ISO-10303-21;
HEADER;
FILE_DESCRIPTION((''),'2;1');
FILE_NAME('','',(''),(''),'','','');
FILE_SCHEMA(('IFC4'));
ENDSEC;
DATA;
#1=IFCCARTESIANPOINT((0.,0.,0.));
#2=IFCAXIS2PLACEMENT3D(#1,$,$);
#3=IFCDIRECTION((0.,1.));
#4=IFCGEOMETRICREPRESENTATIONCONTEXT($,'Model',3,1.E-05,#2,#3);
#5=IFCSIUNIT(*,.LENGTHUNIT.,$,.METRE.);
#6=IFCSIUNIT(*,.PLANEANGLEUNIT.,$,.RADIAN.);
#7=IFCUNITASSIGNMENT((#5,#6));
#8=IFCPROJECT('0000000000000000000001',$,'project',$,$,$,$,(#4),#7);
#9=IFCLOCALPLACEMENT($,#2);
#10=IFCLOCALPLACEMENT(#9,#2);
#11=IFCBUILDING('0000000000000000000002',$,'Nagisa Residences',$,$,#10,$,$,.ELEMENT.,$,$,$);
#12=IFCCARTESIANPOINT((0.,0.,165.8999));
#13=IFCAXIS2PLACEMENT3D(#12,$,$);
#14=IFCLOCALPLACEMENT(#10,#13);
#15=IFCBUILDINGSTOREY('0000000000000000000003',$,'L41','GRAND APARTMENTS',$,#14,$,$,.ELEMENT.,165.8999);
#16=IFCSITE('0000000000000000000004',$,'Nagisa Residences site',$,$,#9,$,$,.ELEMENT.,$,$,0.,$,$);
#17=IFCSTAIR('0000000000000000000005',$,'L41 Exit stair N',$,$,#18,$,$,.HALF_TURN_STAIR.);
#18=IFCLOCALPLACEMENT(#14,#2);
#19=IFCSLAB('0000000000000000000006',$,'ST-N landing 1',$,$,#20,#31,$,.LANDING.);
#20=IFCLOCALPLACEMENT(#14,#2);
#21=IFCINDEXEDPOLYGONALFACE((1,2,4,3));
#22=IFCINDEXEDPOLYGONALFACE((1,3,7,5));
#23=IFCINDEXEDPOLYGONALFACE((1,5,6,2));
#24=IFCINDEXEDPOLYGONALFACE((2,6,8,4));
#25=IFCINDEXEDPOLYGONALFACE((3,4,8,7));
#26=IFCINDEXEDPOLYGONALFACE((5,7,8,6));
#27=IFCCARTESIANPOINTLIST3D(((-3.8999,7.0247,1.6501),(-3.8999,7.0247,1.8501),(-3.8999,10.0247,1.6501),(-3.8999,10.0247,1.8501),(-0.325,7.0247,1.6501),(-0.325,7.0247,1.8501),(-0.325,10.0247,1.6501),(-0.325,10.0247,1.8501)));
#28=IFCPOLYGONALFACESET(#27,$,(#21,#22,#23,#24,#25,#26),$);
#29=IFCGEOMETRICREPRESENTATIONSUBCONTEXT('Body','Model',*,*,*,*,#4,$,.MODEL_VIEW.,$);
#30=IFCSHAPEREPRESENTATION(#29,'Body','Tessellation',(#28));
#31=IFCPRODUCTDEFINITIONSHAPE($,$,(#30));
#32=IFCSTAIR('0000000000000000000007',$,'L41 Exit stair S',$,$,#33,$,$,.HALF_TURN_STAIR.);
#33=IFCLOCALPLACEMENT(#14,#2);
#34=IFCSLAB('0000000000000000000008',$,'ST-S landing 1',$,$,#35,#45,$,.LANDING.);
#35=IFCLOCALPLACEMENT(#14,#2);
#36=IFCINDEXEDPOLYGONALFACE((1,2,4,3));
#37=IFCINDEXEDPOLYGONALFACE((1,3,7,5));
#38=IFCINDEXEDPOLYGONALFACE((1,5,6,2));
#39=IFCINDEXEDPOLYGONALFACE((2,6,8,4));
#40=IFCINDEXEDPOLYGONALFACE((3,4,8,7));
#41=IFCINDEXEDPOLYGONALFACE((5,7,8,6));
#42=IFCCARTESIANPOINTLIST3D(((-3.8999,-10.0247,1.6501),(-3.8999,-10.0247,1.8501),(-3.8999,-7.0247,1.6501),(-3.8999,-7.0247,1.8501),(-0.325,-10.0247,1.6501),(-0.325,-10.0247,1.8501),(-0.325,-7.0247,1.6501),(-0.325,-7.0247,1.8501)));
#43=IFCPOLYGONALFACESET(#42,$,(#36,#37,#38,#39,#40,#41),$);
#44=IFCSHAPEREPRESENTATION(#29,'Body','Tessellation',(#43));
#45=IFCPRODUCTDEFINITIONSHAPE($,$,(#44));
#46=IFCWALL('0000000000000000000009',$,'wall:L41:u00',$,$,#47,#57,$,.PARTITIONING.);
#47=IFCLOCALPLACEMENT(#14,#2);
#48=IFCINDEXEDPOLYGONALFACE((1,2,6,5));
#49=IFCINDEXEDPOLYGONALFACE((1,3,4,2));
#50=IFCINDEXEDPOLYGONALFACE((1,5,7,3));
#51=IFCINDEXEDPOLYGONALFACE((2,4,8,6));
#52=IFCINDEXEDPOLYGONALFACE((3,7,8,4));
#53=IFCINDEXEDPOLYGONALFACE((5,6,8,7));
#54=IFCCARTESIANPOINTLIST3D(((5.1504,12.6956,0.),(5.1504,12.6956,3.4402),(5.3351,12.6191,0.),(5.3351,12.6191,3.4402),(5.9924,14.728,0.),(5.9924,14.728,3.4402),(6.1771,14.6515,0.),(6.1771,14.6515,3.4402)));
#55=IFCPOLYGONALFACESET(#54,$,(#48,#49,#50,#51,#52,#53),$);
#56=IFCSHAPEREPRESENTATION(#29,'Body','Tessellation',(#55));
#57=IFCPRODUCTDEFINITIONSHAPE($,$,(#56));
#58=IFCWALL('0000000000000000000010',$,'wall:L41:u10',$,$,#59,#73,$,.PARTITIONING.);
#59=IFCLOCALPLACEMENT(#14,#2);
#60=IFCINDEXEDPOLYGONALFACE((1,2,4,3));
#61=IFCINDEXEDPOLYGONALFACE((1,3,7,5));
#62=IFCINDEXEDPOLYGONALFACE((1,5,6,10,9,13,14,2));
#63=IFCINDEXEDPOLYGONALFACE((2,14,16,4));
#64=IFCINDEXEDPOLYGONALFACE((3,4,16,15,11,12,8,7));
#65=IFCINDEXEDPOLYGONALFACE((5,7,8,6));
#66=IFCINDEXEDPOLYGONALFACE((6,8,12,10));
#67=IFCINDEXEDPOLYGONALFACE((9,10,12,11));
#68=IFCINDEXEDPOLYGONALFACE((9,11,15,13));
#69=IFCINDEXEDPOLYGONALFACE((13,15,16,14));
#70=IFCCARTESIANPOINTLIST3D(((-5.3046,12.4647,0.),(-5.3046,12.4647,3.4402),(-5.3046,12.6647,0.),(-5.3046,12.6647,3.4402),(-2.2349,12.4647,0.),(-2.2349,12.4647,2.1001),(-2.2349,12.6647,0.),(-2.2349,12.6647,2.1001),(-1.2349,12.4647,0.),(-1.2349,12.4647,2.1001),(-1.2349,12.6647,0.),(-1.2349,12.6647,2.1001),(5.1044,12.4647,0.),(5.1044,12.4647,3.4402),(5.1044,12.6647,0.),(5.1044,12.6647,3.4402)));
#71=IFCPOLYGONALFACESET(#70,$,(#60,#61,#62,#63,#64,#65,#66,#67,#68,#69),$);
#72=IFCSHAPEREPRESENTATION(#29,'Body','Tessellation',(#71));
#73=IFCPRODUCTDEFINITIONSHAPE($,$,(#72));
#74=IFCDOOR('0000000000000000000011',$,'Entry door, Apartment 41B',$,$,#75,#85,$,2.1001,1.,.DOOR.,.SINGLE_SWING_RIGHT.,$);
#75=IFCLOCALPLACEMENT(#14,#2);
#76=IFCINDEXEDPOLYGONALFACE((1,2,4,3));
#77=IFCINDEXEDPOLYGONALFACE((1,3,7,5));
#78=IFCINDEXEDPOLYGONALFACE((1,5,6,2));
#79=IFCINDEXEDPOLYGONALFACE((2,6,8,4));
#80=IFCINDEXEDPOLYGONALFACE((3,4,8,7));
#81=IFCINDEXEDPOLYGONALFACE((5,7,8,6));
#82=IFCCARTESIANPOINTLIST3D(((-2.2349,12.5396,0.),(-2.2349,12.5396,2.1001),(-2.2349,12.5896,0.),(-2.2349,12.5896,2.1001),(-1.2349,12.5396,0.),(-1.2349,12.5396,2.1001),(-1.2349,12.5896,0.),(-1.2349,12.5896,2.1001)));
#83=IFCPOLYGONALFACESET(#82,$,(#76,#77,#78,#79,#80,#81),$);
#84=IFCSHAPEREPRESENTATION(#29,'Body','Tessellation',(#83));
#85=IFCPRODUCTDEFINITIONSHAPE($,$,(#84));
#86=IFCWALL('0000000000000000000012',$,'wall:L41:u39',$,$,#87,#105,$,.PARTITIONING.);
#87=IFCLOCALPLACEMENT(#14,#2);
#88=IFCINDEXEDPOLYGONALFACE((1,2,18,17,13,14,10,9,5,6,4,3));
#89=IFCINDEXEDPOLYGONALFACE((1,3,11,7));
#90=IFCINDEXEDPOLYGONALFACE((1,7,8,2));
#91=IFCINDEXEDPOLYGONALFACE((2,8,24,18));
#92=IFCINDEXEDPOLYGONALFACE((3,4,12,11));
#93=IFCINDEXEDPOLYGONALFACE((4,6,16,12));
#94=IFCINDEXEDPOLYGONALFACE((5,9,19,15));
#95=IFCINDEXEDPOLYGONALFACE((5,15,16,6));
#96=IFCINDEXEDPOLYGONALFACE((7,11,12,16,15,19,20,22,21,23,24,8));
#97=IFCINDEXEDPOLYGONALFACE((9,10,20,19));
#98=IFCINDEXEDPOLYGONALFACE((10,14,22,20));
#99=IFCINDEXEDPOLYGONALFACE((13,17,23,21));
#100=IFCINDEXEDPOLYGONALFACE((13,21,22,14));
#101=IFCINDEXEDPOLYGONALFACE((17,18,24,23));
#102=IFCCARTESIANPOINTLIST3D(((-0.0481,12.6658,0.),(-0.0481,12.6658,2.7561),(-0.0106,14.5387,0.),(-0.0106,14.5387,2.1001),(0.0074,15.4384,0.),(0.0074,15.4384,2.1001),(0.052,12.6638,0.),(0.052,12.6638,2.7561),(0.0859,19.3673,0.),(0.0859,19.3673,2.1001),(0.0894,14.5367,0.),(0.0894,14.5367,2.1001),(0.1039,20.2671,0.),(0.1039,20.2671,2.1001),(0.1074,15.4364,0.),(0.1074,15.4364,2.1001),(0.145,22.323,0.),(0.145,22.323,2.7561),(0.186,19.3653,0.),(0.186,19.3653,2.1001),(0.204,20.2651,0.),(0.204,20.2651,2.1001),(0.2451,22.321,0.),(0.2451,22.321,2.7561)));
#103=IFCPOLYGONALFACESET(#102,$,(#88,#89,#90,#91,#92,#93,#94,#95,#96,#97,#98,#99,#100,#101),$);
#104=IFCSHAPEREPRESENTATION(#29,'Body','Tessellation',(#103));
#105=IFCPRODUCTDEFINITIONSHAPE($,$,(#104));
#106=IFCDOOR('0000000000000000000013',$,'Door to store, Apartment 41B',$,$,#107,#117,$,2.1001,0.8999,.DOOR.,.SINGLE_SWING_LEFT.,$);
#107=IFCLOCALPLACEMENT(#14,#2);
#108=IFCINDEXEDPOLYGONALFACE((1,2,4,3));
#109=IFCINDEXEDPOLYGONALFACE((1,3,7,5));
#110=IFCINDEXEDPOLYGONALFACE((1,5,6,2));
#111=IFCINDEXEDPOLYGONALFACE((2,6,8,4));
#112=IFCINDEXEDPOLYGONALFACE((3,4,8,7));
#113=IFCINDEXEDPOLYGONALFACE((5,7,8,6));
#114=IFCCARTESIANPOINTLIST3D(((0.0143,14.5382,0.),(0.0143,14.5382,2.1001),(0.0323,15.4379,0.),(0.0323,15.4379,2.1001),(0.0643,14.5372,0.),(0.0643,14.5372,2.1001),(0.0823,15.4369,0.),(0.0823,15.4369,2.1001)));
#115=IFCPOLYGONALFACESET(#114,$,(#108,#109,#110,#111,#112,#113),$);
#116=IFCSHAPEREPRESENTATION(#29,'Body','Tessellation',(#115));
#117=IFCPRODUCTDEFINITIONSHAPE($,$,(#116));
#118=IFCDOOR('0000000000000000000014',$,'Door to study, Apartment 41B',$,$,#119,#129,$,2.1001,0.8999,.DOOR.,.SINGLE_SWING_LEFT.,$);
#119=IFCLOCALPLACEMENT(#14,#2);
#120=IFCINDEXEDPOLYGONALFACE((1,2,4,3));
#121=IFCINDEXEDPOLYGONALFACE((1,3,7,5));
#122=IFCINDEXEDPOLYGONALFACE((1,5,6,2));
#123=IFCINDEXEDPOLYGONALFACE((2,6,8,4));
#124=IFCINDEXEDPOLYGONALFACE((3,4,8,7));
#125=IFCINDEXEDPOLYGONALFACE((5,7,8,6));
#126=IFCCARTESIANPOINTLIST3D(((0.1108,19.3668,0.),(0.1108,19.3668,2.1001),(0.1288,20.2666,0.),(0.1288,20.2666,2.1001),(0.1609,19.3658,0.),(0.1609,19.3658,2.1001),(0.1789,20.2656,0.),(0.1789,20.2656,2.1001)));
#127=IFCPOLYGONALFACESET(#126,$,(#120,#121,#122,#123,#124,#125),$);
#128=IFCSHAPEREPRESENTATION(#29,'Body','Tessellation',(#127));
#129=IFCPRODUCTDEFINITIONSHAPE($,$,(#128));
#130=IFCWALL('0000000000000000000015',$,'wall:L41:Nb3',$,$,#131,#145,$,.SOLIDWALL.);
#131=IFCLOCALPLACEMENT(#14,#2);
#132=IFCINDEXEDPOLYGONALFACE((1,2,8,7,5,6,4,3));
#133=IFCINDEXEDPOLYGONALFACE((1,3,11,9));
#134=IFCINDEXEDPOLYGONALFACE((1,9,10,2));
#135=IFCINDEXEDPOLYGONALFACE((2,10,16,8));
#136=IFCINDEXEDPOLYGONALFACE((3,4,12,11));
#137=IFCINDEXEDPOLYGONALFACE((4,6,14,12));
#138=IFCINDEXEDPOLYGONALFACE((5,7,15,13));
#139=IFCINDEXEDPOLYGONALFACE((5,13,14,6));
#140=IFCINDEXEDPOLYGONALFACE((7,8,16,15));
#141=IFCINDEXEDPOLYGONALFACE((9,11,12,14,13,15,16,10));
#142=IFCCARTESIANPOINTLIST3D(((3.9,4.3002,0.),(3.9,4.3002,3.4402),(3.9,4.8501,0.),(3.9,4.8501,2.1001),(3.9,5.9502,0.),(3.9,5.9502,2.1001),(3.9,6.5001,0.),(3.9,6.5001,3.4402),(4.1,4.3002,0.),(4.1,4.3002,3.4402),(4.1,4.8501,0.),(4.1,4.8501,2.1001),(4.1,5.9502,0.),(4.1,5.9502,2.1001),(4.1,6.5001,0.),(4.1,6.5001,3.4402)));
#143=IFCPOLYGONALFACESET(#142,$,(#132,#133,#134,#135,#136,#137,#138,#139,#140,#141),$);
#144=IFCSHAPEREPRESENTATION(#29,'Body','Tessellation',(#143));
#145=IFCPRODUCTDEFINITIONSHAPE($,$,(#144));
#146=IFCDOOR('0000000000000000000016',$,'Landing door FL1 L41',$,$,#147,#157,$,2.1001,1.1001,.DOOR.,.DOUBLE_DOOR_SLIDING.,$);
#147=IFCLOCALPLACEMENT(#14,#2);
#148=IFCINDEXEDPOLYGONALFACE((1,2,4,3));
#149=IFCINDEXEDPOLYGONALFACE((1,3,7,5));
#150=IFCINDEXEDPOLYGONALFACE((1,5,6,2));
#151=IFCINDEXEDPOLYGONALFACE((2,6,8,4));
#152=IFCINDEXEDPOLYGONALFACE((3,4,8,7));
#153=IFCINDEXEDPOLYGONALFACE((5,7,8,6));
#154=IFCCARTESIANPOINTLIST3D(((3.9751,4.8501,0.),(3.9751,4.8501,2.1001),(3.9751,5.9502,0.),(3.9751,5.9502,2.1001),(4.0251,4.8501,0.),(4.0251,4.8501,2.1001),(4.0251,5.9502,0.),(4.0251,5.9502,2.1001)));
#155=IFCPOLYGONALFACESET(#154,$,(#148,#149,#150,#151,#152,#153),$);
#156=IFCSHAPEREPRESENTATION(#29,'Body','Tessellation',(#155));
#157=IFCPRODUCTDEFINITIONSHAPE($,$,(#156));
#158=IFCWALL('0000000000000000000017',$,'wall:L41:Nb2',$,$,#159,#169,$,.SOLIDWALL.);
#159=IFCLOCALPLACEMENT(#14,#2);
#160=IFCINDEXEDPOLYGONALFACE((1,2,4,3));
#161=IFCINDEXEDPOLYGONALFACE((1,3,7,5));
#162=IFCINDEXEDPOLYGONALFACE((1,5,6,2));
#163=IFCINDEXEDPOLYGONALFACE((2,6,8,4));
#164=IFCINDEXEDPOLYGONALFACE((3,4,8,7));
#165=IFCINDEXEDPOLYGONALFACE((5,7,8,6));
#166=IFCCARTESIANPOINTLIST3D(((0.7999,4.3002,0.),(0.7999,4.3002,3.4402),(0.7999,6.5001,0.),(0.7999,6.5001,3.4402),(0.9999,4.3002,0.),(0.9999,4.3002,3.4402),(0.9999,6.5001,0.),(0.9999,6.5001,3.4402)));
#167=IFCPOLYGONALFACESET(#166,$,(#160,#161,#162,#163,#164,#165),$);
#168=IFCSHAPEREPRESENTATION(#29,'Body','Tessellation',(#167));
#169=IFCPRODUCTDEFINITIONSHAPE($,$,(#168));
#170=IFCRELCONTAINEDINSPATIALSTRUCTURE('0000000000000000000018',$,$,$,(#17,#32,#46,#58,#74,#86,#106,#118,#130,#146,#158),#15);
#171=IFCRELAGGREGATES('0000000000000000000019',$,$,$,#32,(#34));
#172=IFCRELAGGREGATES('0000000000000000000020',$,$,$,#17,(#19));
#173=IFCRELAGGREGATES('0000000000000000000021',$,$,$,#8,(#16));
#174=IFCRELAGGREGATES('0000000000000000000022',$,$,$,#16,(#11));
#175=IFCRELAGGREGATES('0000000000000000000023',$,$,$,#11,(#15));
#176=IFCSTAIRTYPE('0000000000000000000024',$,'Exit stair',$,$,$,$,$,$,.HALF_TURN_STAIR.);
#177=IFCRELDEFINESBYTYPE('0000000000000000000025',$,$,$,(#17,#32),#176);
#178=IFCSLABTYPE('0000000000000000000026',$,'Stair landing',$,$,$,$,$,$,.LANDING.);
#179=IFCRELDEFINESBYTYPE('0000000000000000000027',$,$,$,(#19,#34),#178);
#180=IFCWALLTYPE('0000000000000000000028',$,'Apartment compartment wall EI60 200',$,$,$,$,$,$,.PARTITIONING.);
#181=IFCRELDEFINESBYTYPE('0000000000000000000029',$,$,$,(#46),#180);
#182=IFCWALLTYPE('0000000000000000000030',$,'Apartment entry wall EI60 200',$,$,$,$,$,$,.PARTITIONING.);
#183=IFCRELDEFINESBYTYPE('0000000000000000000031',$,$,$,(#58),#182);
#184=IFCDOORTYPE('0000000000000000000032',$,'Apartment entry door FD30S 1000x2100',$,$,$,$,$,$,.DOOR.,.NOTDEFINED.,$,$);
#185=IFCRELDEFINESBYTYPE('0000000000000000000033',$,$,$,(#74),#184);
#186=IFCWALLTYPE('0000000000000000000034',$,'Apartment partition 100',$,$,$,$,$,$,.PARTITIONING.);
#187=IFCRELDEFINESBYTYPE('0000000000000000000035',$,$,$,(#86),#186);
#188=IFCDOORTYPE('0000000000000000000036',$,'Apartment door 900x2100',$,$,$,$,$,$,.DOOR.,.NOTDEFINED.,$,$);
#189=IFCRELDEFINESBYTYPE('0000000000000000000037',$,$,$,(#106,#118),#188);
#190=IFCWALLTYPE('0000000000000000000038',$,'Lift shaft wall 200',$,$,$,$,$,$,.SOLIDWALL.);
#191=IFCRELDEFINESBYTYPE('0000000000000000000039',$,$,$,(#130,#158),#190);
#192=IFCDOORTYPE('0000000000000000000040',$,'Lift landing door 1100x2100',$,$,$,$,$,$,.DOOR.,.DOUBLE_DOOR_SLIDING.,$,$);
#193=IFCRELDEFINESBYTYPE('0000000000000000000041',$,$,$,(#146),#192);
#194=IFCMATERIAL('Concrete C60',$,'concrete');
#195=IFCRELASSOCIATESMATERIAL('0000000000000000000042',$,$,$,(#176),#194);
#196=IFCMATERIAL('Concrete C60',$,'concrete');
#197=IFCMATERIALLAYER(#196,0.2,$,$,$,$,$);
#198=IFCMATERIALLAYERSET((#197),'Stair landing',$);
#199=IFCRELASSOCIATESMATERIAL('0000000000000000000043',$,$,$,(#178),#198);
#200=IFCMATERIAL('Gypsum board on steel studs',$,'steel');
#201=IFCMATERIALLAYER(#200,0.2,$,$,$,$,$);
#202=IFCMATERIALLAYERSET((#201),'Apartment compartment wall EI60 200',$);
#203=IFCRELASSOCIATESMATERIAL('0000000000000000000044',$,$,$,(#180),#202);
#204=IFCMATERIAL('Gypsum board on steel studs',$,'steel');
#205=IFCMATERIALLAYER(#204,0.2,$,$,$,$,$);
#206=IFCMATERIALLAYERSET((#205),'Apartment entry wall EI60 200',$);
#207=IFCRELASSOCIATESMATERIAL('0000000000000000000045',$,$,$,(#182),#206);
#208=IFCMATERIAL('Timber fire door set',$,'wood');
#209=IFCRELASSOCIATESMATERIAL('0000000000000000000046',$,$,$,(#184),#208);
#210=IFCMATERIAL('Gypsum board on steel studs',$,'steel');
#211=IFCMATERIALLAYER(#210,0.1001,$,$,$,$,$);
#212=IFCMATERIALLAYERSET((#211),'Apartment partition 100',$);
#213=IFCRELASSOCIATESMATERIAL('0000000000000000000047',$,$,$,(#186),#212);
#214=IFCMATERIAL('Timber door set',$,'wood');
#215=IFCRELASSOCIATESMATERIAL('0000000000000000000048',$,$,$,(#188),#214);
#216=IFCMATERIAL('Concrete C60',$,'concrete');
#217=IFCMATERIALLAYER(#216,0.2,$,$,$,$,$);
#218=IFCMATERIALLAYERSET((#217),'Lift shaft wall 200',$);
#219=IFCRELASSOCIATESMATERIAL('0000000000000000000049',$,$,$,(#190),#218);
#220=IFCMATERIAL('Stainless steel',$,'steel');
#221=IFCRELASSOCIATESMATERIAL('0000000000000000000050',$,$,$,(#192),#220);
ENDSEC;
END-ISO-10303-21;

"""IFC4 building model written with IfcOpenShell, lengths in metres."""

from ifc_helpers import new_model, si_unit, direction, frame, frame_2d, origin, place, context, subcontext, project, spatial, polyline, rectangle, outline, extrude, material, layer, layer_set, type_object, element, fill, aggregate, save


model = new_model("IFC4")

# Units and contexts
model_context = context("Model", 3, precision=1e-05, world=origin(), true_north=direction((0.0, 1.0)))
body_context = subcontext(model_context, "Body", "Model", "MODEL_VIEW")
ifc_project = project(units=[si_unit("LENGTHUNIT", "METRE"), si_unit("PLANEANGLEUNIT", "RADIAN")], contexts=[model_context])

# Site, building, storey
site_placement = place(None, origin())
site = spatial("IfcSite", under=ifc_project, at=site_placement, Name="Nagisa Residences site", CompositionType="ELEMENT", RefElevation=0.0)
building_placement = place(site_placement, origin())
building = spatial("IfcBuilding", under=site, at=building_placement, Name="Nagisa Residences", CompositionType="ELEMENT")
storey_placement = place(building_placement, frame((0.0, 0.0, 165.8999)))
storey = spatial("IfcBuildingStorey", under=building, at=storey_placement, Name="L41", Description="GRAND APARTMENTS", CompositionType="ELEMENT", Elevation=165.8999)

# Stairs, slabs
ifc_material_1 = material(Name="Concrete C60", Category="concrete")
stair_type = type_object("IfcStairType", Name="Exit stair", PredefinedType="HALF_TURN_STAIR", material=ifc_material_1)
stair_1_placement = place(storey_placement, origin())
stair_1 = element("IfcStair", 1, at=stair_1_placement, inside=storey, type_object=stair_type, Name="L41 Exit stair N", PredefinedType="HALF_TURN_STAIR")
ifc_material_2 = material(Name="Concrete C60", Category="concrete")
ifc_layer_1 = layer(ifc_material_2, 0.2)
ifc_layer_set_1 = layer_set([ifc_layer_1], Name="Stair landing")
slab_type = type_object("IfcSlabType", Name="Stair landing", PredefinedType="LANDING", material=ifc_layer_set_1)
slab_1_placement = place(storey_placement, frame((0.0, 0.0, 1.6501)))
slab_1 = element("IfcSlab", 2, at=slab_1_placement, type_object=slab_type, Name="ST-N landing 1", PredefinedType="LANDING", context=body_context, shape_type="SweptSolid", body=[
    extrude(outline(polyline([(-0.325, 10.0247), (-3.8999, 10.0247), (-3.8999, 7.0247), (-0.325, 7.0247), (-0.325, 10.0247)])), origin(), (0.0, 0.0, 1.0), 0.2),
])
stair_2_placement = place(storey_placement, origin())
stair_2 = element("IfcStair", 3, at=stair_2_placement, inside=storey, type_object=stair_type, Name="L41 Exit stair S", PredefinedType="HALF_TURN_STAIR")
slab_2_placement = place(storey_placement, frame((0.0, 0.0, 1.6501)))
slab_2 = element("IfcSlab", 4, at=slab_2_placement, type_object=slab_type, Name="ST-S landing 1", PredefinedType="LANDING", context=body_context, shape_type="SweptSolid", body=[
    extrude(outline(polyline([(-0.325, -7.0247), (-3.8999, -7.0247), (-3.8999, -10.0247), (-0.325, -10.0247), (-0.325, -7.0247)])), origin(), (0.0, 0.0, 1.0), 0.2),
])
aggregate(stair_2, [slab_2])

# Wall
ifc_material_3 = material(Name="Gypsum board on steel studs", Category="steel")
ifc_layer_2 = layer(ifc_material_3, 0.2)
ifc_layer_set_2 = layer_set([ifc_layer_2], Name="Apartment compartment wall EI60 200")
wall_type_1 = type_object("IfcWallType", Name="Apartment compartment wall EI60 200", PredefinedType="PARTITIONING", material=ifc_layer_set_2)
wall_1_placement = place(storey_placement, frame((5.2427, 12.6572, 0.0), z_axis=(0.0, 0.0, 1.0), x_axis=(0.382747, 0.923853, 0.0)))
element("IfcWall", 5, at=wall_1_placement, inside=storey, type_object=wall_type_1, Name="wall:L41:u00", PredefinedType="PARTITIONING", context=body_context, shape_type="SweptSolid", body=[
    extrude(rectangle(XDim=2.2, YDim=0.2, at=frame_2d((1.1001, 0.0))), origin(), (0.0, 0.0, 1.0), 3.4402),
])

# Wall, opening, door
ifc_material_4 = material(Name="Gypsum board on steel studs", Category="steel")
ifc_layer_3 = layer(ifc_material_4, 0.2)
ifc_layer_set_3 = layer_set([ifc_layer_3], Name="Apartment entry wall EI60 200")
wall_type_2 = type_object("IfcWallType", Name="Apartment entry wall EI60 200", PredefinedType="PARTITIONING", material=ifc_layer_set_3)
wall_2_placement = place(storey_placement, frame((5.1045, 12.5647, 0.0), z_axis=(0.0, 0.0, 1.0), x_axis=(-1.0, 0.0, 0.0)))
wall_2 = element("IfcWall", 6, at=wall_2_placement, inside=storey, type_object=wall_type_2, Name="wall:L41:u10", PredefinedType="PARTITIONING", context=body_context, shape_type="SweptSolid", body=[
    extrude(rectangle(XDim=10.4089, YDim=0.2, at=frame_2d((5.2046, 0.0))), origin(), (0.0, 0.0, 1.0), 3.4402),
])
opening_1_placement = place(wall_2_placement, frame((6.3394, 0.0, 0.0)))
opening_1 = element("IfcOpeningElement", 7, at=opening_1_placement, cuts=wall_2, PredefinedType="OPENING", context=body_context, shape_type="SweptSolid", body=[
    extrude(rectangle(XDim=1.0, YDim=2.1001, at=frame_2d((0.5, 1.05))), frame((0.0, 0.1099, 0.0), z_axis=(0.0, -1.0, 0.0), x_axis=(1.0, 0.0, 0.0)), (0.0, 0.0, 1.0), 0.22),
])
ifc_material_5 = material(Name="Timber fire door set", Category="wood")
door_type_1 = type_object("IfcDoorType", Name="Apartment entry door FD30S 1000x2100", OperationType="NOTDEFINED", PredefinedType="DOOR", material=ifc_material_5)
door_1_placement = place(opening_1_placement, frame((1.0, 0.0, 0.0), x_axis=(-1.0, 0.0, 0.0)))
door_1 = element("IfcDoor", 8, at=door_1_placement, inside=storey, type_object=door_type_1, Name="Entry door, Apartment 41B", OperationType="SINGLE_SWING_RIGHT", OverallHeight=2.1001, OverallWidth=1.0, PredefinedType="DOOR", context=body_context, shape_type="SweptSolid", body=[
    extrude(rectangle(XDim=1.0, YDim=2.1001, at=frame_2d((0.5, 1.05))), frame((0.0, 0.0249, 0.0), z_axis=(0.0, -1.0, 0.0), x_axis=(1.0, 0.0, 0.0)), (0.0, 0.0, 1.0), 0.05),
])
fill(opening_1, door_1)

# Wall, openings, doors
ifc_material_6 = material(Name="Gypsum board on steel studs", Category="steel")
ifc_layer_4 = layer(ifc_material_6, 0.1001)
ifc_layer_set_4 = layer_set([ifc_layer_4], Name="Apartment partition 100")
wall_type_3 = type_object("IfcWallType", Name="Apartment partition 100", PredefinedType="PARTITIONING", material=ifc_layer_set_4)
wall_3_placement = place(storey_placement, frame((0.002, 12.6648, 0.0), z_axis=(0.0, 0.0, 1.0), x_axis=(0.019993, 0.9998, 0.0)))
wall_3 = element("IfcWall", 9, at=wall_3_placement, inside=storey, type_object=wall_type_3, Name="wall:L41:u39", PredefinedType="PARTITIONING", context=body_context, shape_type="SweptSolid", body=[
    extrude(rectangle(XDim=9.6592, YDim=0.1001, at=frame_2d((4.8296, 0.0))), origin(), (0.0, 0.0, 1.0), 2.7561),
])
opening_2_placement = place(wall_3_placement, frame((1.8733, 0.0, 0.0)))
opening_2 = element("IfcOpeningElement", 10, at=opening_2_placement, cuts=wall_3, PredefinedType="OPENING", context=body_context, shape_type="SweptSolid", body=[
    extrude(rectangle(XDim=0.8999, YDim=2.1001, at=frame_2d((0.45, 1.05))), frame((0.0, 0.0601, 0.0), z_axis=(0.0, -1.0, 0.0), x_axis=(1.0, 0.0, 0.0)), (0.0, 0.0, 1.0), 0.1201),
])
opening_3_placement = place(wall_3_placement, frame((6.7029, 0.0, 0.0)))
opening_3 = element("IfcOpeningElement", 11, at=opening_3_placement, cuts=wall_3, PredefinedType="OPENING", context=body_context, shape_type="SweptSolid", body=[
    extrude(rectangle(XDim=0.8999, YDim=2.1001, at=frame_2d((0.45, 1.05))), frame((0.0, 0.0601, 0.0), z_axis=(0.0, -1.0, 0.0), x_axis=(1.0, 0.0, 0.0)), (0.0, 0.0, 1.0), 0.1201),
])
ifc_material_7 = material(Name="Timber door set", Category="wood")
door_type_2 = type_object("IfcDoorType", Name="Apartment door 900x2100", OperationType="NOTDEFINED", PredefinedType="DOOR", material=ifc_material_7)
door_2_placement = place(opening_2_placement, frame((0.8999, 0.0, 0.0), x_axis=(-1.0, 0.0, 0.0)))
door_2 = element("IfcDoor", 12, at=door_2_placement, inside=storey, type_object=door_type_2, Name="Door to store, Apartment 41B", OperationType="SINGLE_SWING_LEFT", OverallHeight=2.1001, OverallWidth=0.8999, PredefinedType="DOOR", context=body_context, shape_type="SweptSolid", body=[
    extrude(rectangle(XDim=0.8999, YDim=2.1001, at=frame_2d((0.45, 1.05))), frame((0.0, 0.0249, 0.0), z_axis=(0.0, -1.0, 0.0), x_axis=(1.0, 0.0, 0.0)), (0.0, 0.0, 1.0), 0.05),
])
fill(opening_2, door_2)
door_3_placement = place(opening_3_placement, frame((0.8999, 0.0, 0.0), x_axis=(-1.0, 0.0, 0.0)))
door_3 = element("IfcDoor", 13, at=door_3_placement, inside=storey, type_object=door_type_2, Name="Door to study, Apartment 41B", OperationType="SINGLE_SWING_LEFT", OverallHeight=2.1001, OverallWidth=0.8999, PredefinedType="DOOR", context=body_context, shape_type="SweptSolid", body=[
    extrude(rectangle(XDim=0.8999, YDim=2.1001, at=frame_2d((0.45, 1.05))), frame((0.0, 0.0249, 0.0), z_axis=(0.0, -1.0, 0.0), x_axis=(1.0, 0.0, 0.0)), (0.0, 0.0, 1.0), 0.05),
])
fill(opening_3, door_3)

# Wall, opening, door
ifc_material_8 = material(Name="Concrete C60", Category="concrete")
ifc_layer_5 = layer(ifc_material_8, 0.2)
ifc_layer_set_5 = layer_set([ifc_layer_5], Name="Lift shaft wall 200")
wall_type_4 = type_object("IfcWallType", Name="Lift shaft wall 200", PredefinedType="SOLIDWALL", material=ifc_layer_set_5)
wall_4_placement = place(storey_placement, frame((4.0, 4.3, 0.0), z_axis=(0.0, 0.0, 1.0), x_axis=(0.0, 1.0, 0.0)))
wall_4 = element("IfcWall", 14, at=wall_4_placement, inside=storey, type_object=wall_type_4, Name="wall:L41:Nb3", PredefinedType="SOLIDWALL", context=body_context, shape_type="SweptSolid", body=[
    extrude(rectangle(XDim=2.2, YDim=0.2, at=frame_2d((1.1001, 0.0))), origin(), (0.0, 0.0, 1.0), 3.4402),
])
opening_4_placement = place(wall_4_placement, frame((0.55, 0.0, 0.0)))
opening_4 = element("IfcOpeningElement", 15, at=opening_4_placement, cuts=wall_4, PredefinedType="OPENING", context=body_context, shape_type="SweptSolid", body=[
    extrude(rectangle(XDim=1.1001, YDim=2.1001, at=frame_2d((0.55, 1.05))), frame((0.0, 0.1099, 0.0), z_axis=(0.0, -1.0, 0.0), x_axis=(1.0, 0.0, 0.0)), (0.0, 0.0, 1.0), 0.22),
])
ifc_material_9 = material(Name="Stainless steel", Category="steel")
door_type_3 = type_object("IfcDoorType", Name="Lift landing door 1100x2100", OperationType="DOUBLE_DOOR_SLIDING", PredefinedType="DOOR", material=ifc_material_9)
door_4_placement = place(opening_4_placement, origin())
door_4 = element("IfcDoor", 16, at=door_4_placement, inside=storey, type_object=door_type_3, Name="Landing door FL1 L41", OperationType="DOUBLE_DOOR_SLIDING", OverallHeight=2.1001, OverallWidth=1.1001, PredefinedType="DOOR", context=body_context, shape_type="SweptSolid", body=[
    extrude(rectangle(XDim=1.1001, YDim=2.1001, at=frame_2d((0.55, 1.05))), frame((0.0, 0.0249, 0.0), z_axis=(0.0, -1.0, 0.0), x_axis=(1.0, 0.0, 0.0)), (0.0, 0.0, 1.0), 0.05),
])
fill(opening_4, door_4)

# Wall
wall_5_placement = place(storey_placement, frame((0.8999, 4.3, 0.0), z_axis=(0.0, 0.0, 1.0), x_axis=(0.0, 1.0, 0.0)))
element("IfcWall", 17, at=wall_5_placement, inside=storey, type_object=wall_type_4, Name="wall:L41:Nb2", PredefinedType="SOLIDWALL", context=body_context, shape_type="SweptSolid", body=[
    extrude(rectangle(XDim=2.2, YDim=0.2, at=frame_2d((1.1001, 0.0))), origin(), (0.0, 0.0, 1.0), 3.4402),
])

aggregate(stair_1, [slab_1])

save(model, "model.ifc")
